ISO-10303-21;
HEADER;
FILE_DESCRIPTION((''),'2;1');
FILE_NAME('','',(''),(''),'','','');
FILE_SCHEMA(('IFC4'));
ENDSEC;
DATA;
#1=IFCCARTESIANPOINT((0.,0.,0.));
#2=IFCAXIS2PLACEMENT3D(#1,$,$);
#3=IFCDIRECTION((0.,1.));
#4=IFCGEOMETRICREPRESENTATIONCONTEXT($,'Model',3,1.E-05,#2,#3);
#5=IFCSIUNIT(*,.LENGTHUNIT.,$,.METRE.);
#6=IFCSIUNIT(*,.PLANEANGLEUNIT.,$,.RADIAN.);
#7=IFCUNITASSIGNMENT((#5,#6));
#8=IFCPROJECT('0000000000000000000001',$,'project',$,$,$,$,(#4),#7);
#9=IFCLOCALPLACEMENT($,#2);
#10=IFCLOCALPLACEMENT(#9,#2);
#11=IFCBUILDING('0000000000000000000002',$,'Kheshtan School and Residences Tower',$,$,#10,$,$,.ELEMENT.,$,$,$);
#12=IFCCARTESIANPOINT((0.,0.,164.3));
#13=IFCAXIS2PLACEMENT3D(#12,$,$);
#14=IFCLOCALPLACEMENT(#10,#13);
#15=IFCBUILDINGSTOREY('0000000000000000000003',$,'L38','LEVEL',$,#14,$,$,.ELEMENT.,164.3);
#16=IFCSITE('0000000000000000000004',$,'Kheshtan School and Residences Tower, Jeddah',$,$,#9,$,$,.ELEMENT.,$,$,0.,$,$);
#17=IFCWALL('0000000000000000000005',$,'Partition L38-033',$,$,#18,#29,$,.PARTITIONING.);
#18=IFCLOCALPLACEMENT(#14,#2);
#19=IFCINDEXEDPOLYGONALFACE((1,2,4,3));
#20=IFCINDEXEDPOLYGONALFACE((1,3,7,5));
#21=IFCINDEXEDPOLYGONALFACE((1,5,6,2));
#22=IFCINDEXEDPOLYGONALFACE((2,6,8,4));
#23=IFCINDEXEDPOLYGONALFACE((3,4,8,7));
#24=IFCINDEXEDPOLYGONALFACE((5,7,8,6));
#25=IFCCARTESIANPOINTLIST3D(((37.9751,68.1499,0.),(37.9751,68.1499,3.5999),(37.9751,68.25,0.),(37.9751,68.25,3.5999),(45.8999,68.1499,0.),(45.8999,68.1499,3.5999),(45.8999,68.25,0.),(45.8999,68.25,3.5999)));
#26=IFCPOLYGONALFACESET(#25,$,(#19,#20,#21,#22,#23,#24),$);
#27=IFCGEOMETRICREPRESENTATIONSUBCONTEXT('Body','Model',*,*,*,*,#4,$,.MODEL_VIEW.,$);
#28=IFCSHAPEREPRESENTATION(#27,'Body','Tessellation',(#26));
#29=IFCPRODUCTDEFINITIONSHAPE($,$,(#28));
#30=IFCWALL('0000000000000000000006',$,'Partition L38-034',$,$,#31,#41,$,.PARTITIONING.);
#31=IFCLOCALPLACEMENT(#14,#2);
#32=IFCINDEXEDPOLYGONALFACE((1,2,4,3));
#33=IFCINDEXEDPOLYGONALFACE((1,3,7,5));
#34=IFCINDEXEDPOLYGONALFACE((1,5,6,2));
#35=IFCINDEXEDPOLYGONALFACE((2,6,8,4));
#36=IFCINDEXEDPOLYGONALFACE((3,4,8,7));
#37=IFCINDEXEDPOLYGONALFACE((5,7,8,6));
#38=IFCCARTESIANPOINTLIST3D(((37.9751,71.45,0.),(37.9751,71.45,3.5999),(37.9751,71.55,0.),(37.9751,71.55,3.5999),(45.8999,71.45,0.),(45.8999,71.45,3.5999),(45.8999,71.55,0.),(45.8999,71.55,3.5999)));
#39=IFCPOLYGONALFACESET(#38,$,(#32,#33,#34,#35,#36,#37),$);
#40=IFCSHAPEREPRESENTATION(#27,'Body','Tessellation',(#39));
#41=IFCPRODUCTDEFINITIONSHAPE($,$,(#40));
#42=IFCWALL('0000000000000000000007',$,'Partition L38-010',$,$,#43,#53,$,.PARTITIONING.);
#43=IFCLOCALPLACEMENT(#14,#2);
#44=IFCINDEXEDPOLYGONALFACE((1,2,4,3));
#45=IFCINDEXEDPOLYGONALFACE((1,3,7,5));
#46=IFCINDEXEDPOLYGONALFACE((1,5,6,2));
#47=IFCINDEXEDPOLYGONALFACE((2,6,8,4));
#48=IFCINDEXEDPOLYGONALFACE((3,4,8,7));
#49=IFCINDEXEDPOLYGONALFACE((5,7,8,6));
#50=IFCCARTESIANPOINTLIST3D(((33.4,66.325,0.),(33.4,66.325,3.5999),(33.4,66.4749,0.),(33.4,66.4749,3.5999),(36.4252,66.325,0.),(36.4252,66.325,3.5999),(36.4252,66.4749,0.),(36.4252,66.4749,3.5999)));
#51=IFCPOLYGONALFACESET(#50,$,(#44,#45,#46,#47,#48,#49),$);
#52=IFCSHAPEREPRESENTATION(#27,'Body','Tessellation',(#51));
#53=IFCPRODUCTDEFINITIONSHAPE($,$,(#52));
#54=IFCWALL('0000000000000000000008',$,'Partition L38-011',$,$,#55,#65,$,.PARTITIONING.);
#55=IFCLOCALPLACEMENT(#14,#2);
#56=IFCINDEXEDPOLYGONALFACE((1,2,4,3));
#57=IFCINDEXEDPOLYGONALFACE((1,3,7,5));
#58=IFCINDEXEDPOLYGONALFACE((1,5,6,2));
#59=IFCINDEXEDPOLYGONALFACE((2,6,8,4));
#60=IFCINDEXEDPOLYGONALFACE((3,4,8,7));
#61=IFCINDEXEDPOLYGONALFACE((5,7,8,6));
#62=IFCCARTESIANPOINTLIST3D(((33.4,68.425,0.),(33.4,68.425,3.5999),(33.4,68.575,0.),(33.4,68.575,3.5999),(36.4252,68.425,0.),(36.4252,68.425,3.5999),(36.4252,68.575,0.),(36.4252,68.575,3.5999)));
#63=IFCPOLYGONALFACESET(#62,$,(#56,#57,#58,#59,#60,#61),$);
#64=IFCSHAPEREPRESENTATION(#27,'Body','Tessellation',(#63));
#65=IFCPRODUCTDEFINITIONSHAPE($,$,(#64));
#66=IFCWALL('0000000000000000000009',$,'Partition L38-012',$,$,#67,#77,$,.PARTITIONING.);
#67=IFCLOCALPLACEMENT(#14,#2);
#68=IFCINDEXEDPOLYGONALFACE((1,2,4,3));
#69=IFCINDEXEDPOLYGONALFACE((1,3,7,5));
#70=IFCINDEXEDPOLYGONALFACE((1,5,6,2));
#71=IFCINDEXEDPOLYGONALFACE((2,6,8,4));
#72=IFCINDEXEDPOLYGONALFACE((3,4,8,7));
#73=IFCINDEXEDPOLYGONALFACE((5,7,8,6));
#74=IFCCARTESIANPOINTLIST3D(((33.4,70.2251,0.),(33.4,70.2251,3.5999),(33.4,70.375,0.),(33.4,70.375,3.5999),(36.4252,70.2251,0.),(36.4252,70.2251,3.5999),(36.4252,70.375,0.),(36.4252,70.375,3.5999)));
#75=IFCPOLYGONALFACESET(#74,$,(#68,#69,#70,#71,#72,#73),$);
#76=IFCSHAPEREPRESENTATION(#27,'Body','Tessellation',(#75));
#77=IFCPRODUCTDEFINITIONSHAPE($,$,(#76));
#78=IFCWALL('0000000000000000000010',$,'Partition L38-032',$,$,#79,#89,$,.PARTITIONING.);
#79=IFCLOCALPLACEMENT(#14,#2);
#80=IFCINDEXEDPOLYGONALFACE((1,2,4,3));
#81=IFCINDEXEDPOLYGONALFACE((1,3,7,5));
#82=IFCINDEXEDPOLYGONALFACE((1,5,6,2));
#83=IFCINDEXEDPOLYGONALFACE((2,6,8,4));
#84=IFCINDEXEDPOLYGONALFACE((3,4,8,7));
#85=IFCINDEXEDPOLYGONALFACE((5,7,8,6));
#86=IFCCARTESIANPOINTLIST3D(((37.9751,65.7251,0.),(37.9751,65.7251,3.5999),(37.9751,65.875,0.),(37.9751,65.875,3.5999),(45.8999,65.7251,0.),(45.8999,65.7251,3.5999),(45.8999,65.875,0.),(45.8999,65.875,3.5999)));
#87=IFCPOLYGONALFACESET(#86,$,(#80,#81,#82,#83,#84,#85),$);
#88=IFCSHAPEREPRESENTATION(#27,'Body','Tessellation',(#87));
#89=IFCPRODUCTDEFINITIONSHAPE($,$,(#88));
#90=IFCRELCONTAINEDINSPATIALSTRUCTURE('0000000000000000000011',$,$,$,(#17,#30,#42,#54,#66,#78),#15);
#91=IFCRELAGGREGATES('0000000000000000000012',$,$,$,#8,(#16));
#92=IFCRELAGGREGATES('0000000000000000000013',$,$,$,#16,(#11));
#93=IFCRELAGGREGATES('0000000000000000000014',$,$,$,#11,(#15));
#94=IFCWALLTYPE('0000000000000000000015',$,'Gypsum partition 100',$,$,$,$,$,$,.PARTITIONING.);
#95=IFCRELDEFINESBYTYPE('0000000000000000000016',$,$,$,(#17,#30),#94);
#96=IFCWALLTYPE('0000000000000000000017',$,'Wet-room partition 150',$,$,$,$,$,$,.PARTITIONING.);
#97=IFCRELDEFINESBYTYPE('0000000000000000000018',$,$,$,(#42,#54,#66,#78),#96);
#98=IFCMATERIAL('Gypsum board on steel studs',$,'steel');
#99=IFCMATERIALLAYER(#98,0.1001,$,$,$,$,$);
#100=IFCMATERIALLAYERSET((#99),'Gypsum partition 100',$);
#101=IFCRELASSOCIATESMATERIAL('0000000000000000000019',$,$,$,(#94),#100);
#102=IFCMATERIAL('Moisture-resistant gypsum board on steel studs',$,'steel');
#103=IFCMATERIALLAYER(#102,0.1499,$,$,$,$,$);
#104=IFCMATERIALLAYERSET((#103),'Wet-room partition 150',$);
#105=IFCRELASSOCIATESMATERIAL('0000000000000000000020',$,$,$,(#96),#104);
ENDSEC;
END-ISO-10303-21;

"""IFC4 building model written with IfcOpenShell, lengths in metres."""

from ifc_helpers import new_model, si_unit, direction, frame, frame_2d, origin, place, context, subcontext, project, spatial, rectangle, extrude, material, layer, layer_set, type_object, element, save


model = new_model("IFC4")

# Units and contexts
model_context = context("Model", 3, precision=1e-05, world=origin(), true_north=direction((0.0, 1.0)))
body_context = subcontext(model_context, "Body", "Model", "MODEL_VIEW")
ifc_project = project(units=[si_unit("LENGTHUNIT", "METRE"), si_unit("PLANEANGLEUNIT", "RADIAN")], contexts=[model_context])

# Site, building, storey
site_placement = place(None, origin())
site = spatial("IfcSite", under=ifc_project, at=site_placement, Name="Kheshtan School and Residences Tower, Jeddah", CompositionType="ELEMENT", RefElevation=0.0)
building_placement = place(site_placement, origin())
building = spatial("IfcBuilding", under=site, at=building_placement, Name="Kheshtan School and Residences Tower", CompositionType="ELEMENT")
storey_placement = place(building_placement, frame((0.0, 0.0, 164.3)))
storey = spatial("IfcBuildingStorey", under=building, at=storey_placement, Name="L38", Description="LEVEL", CompositionType="ELEMENT", Elevation=164.3)

# Walls
ifc_material_1 = material(Name="Gypsum board on steel studs", Category="steel")
ifc_layer_1 = layer(ifc_material_1, 0.1001)
ifc_layer_set_1 = layer_set([ifc_layer_1], Name="Gypsum partition 100")
wall_type_1 = type_object("IfcWallType", Name="Gypsum partition 100", PredefinedType="PARTITIONING", material=ifc_layer_set_1)
for number, where, z_axis, x_axis, name in (
    (1, (37.9751, 68.2, 0.0), (0.0, 0.0, 1.0), (1.0, 0.0, 0.0), "Partition L38-033"),
    (2, (37.9751, 71.5, 0.0), (0.0, 0.0, 1.0), (1.0, 0.0, 0.0), "Partition L38-034"),
):
    element("IfcWall", number, at=place(storey_placement, frame(where, z_axis=z_axis, x_axis=x_axis)), inside=storey, type_object=wall_type_1, Name=name, PredefinedType="PARTITIONING", context=body_context, shape_type="SweptSolid", body=[
        extrude(rectangle(XDim=7.9248, YDim=0.1001, at=frame_2d((3.9624, 0.0))), origin(), (0.0, 0.0, 1.0), 3.5999),
    ])
ifc_material_2 = material(Name="Moisture-resistant gypsum board on steel studs", Category="steel")
ifc_layer_2 = layer(ifc_material_2, 0.1499)
ifc_layer_set_2 = layer_set([ifc_layer_2], Name="Wet-room partition 150")
wall_type_2 = type_object("IfcWallType", Name="Wet-room partition 150", PredefinedType="PARTITIONING", material=ifc_layer_set_2)
for number, where, z_axis, x_axis, name in (
    (3, (33.3999, 66.3999, 0.0), (0.0, 0.0, 1.0), (1.0, 0.0, 0.0), "Partition L38-010"),
    (4, (33.3999, 68.5, 0.0), (0.0, 0.0, 1.0), (1.0, 0.0, 0.0), "Partition L38-011"),
    (5, (33.3999, 70.3, 0.0), (0.0, 0.0, 1.0), (1.0, 0.0, 0.0), "Partition L38-012"),
):
    element("IfcWall", number, at=place(storey_placement, frame(where, z_axis=z_axis, x_axis=x_axis)), inside=storey, type_object=wall_type_2, Name=name, PredefinedType="PARTITIONING", context=body_context, shape_type="SweptSolid", body=[
        extrude(rectangle(XDim=3.0251, YDim=0.1499, at=frame_2d((1.5127, 0.0))), origin(), (0.0, 0.0, 1.0), 3.5999),
    ])
wall_1_placement = place(storey_placement, frame((37.9751, 65.8, 0.0), z_axis=(0.0, 0.0, 1.0), x_axis=(1.0, 0.0, 0.0)))
element("IfcWall", 6, at=wall_1_placement, inside=storey, type_object=wall_type_2, Name="Partition L38-032", PredefinedType="PARTITIONING", context=body_context, shape_type="SweptSolid", body=[
    extrude(rectangle(XDim=7.9248, YDim=0.1499, at=frame_2d((3.9624, 0.0))), origin(), (0.0, 0.0, 1.0), 3.5999),
])

save(model, "model.ifc")
